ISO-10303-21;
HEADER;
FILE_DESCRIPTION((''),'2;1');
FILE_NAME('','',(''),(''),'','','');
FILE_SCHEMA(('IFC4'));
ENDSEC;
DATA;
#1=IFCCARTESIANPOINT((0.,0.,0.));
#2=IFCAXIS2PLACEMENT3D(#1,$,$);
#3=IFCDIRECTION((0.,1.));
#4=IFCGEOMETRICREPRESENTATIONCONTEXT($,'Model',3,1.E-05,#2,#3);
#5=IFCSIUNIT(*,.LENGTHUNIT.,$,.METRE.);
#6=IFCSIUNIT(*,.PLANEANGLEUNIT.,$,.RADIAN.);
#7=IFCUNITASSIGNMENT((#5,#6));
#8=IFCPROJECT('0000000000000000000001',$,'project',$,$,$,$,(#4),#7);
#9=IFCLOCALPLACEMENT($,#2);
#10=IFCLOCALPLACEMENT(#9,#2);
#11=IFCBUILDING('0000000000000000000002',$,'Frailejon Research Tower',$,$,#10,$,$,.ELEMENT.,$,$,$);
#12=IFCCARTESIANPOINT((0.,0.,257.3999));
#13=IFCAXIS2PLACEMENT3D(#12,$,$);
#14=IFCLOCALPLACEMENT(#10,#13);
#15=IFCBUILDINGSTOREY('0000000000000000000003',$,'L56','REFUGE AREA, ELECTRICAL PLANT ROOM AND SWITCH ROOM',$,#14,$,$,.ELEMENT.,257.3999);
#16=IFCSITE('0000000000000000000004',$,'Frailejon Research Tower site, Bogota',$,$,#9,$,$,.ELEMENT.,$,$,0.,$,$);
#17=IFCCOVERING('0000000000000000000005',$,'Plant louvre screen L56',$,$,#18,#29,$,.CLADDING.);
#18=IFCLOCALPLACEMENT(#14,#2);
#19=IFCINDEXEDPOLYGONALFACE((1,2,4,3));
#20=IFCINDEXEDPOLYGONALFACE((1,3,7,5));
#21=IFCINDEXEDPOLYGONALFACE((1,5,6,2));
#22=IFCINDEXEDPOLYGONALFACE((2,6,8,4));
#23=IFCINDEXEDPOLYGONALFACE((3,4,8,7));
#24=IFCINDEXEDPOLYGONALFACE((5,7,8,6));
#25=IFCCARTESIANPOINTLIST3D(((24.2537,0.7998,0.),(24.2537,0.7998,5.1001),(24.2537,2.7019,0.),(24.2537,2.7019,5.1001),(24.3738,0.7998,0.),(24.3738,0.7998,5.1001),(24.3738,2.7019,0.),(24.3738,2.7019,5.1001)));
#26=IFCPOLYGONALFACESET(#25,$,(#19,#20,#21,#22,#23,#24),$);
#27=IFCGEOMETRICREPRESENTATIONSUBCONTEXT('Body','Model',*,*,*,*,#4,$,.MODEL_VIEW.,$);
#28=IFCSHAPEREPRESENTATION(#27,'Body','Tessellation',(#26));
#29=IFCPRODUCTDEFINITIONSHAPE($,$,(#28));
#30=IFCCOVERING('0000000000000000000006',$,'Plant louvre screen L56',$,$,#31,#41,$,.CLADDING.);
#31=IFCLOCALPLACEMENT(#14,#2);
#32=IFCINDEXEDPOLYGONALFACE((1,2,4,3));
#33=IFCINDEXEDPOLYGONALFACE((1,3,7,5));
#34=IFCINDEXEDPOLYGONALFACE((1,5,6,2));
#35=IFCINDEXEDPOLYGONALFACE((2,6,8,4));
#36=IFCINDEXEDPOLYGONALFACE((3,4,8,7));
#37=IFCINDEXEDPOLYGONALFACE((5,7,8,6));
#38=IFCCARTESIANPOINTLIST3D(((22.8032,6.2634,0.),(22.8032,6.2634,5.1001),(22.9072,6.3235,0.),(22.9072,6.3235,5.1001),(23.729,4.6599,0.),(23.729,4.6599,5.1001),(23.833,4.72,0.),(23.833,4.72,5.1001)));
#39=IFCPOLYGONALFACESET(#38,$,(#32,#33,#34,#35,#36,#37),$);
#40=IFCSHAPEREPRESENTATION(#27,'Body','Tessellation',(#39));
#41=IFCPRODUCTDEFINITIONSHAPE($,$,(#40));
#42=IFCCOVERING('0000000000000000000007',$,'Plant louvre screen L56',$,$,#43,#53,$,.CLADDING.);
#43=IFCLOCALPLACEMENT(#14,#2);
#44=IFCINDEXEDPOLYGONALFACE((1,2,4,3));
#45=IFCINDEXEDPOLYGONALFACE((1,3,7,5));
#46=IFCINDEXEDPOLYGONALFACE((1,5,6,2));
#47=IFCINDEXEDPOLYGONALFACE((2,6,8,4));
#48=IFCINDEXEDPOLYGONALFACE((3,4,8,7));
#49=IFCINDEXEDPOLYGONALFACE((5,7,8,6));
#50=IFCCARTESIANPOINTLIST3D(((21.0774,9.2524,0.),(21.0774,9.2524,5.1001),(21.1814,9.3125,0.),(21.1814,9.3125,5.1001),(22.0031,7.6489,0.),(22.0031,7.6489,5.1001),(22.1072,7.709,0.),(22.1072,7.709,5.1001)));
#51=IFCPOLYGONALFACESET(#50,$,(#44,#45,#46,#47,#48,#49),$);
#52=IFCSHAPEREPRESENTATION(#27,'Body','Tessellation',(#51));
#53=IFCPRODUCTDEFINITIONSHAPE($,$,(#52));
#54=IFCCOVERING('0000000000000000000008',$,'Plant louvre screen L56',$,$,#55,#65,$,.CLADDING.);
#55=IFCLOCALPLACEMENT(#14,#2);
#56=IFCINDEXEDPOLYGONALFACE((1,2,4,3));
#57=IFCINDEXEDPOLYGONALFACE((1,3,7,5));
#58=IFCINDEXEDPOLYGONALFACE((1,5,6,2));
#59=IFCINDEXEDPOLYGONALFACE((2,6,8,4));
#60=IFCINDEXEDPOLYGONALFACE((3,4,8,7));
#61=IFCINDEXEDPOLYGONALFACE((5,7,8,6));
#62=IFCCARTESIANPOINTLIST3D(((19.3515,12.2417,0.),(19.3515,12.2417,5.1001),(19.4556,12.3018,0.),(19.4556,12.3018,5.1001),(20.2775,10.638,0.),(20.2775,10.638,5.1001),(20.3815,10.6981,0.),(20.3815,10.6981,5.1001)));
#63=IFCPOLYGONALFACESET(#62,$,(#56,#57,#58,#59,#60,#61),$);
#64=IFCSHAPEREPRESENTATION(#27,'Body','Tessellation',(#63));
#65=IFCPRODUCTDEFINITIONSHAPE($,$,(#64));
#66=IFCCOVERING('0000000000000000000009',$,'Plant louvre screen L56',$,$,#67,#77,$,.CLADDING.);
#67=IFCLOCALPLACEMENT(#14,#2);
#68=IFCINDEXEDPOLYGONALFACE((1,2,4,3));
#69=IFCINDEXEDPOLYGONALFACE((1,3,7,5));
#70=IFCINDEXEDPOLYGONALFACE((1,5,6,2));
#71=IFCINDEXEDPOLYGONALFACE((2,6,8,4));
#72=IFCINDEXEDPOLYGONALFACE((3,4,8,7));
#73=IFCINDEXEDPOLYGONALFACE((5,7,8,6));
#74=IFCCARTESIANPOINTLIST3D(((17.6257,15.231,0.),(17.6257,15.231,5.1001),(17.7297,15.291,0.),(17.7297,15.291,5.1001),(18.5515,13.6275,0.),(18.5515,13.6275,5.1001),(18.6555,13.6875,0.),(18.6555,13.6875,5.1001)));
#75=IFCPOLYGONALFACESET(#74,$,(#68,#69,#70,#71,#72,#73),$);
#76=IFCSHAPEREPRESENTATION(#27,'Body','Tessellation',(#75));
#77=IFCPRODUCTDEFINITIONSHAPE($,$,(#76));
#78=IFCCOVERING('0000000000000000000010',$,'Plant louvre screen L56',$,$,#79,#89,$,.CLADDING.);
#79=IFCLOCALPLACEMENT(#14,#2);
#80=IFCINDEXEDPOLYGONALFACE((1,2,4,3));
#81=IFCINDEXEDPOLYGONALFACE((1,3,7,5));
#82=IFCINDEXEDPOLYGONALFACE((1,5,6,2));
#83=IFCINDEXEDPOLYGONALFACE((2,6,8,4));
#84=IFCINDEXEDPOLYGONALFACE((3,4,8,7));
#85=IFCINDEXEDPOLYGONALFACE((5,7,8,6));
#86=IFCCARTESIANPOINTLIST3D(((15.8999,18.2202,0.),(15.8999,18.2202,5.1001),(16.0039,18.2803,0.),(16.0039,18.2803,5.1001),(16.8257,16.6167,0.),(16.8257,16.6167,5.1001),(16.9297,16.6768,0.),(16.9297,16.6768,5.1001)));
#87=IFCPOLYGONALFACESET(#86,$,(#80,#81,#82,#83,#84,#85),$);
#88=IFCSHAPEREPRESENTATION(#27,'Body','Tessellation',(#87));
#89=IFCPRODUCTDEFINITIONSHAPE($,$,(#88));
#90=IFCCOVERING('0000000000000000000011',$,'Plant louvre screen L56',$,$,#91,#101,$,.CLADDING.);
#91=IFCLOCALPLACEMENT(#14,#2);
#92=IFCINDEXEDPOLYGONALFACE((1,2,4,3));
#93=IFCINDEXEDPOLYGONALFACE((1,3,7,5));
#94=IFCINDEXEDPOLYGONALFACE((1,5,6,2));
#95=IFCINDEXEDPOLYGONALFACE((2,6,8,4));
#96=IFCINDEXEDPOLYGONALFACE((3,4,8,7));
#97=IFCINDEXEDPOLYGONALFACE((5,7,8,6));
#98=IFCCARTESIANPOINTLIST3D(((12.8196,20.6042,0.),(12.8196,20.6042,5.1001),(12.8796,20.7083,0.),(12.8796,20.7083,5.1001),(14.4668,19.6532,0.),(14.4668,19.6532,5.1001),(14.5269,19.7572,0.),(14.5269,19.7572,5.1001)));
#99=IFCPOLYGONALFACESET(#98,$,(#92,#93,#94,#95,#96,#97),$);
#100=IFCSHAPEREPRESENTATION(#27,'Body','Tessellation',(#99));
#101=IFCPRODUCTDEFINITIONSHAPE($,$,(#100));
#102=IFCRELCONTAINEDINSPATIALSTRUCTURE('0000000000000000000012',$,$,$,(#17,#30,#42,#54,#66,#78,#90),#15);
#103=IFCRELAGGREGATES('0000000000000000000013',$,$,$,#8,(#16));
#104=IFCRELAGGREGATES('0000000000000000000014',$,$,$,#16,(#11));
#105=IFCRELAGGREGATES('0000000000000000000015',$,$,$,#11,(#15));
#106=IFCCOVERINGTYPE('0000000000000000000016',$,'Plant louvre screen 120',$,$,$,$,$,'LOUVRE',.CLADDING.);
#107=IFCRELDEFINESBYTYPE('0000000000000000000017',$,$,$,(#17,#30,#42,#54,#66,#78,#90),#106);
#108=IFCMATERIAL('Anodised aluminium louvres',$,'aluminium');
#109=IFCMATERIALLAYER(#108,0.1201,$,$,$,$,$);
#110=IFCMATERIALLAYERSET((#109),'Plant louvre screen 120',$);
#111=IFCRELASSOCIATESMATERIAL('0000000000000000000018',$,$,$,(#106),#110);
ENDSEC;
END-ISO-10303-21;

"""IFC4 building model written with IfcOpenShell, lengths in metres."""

from ifc_helpers import new_model, si_unit, direction, frame, origin, place, context, subcontext, project, spatial, polyline, outline, extrude, material, layer, layer_set, type_object, element, save


model = new_model("IFC4")

# Units and contexts
model_context = context("Model", 3, precision=1e-05, world=origin(), true_north=direction((0.0, 1.0)))
body_context = subcontext(model_context, "Body", "Model", "MODEL_VIEW")
ifc_project = project(units=[si_unit("LENGTHUNIT", "METRE"), si_unit("PLANEANGLEUNIT", "RADIAN")], contexts=[model_context])

# Site, building, storey
site_placement = place(None, origin())
site = spatial("IfcSite", under=ifc_project, at=site_placement, Name="Frailejon Research Tower site, Bogota", CompositionType="ELEMENT", RefElevation=0.0)
building_placement = place(site_placement, origin())
building = spatial("IfcBuilding", under=site, at=building_placement, Name="Frailejon Research Tower", CompositionType="ELEMENT")
storey_placement = place(building_placement, frame((0.0, 0.0, 257.3999)))
storey = spatial("IfcBuildingStorey", under=building, at=storey_placement, Name="L56", Description="REFUGE AREA, ELECTRICAL PLANT ROOM AND SWITCH ROOM", CompositionType="ELEMENT", Elevation=257.3999)

# Coverings
ifc_material_1 = material(Name="Anodised aluminium louvres", Category="aluminium")
ifc_layer_1 = layer(ifc_material_1, 0.1201)
ifc_layer_set_1 = layer_set([ifc_layer_1], Name="Plant louvre screen 120")
covering_type = type_object("IfcCoveringType", Name="Plant louvre screen 120", ElementType="LOUVRE", PredefinedType="CLADDING", material=ifc_layer_set_1)
covering_1_placement = place(storey_placement, frame((24.3738, 2.7019, 0.0), z_axis=(0.0, -1.0, 0.0), x_axis=(1.0, 0.0, 0.0)))
element("IfcCovering", 1, at=covering_1_placement, inside=storey, type_object=covering_type, Name="Plant louvre screen L56", PredefinedType="CLADDING", context=body_context, shape_type="SweptSolid", body=[
    extrude(outline(polyline([(-0.1201, 0.0), (0.0, 0.0), (0.0, 5.1001), (-0.1201, 5.1001), (-0.1201, 0.0)])), origin(), (0.0, 0.0, 1.0), 1.9021),
])
for number, where, z_axis, x_axis, name in (
    (2, (22.9072, 6.3235, 0.0), (0.499997, -0.866027, 0.0), (0.866027, 0.499997, 0.0), "Plant louvre screen L56"),
    (3, (21.1814, 9.3125, 0.0), (0.499997, -0.866027, 0.0), (0.866027, 0.499997, 0.0), "Plant louvre screen L56"),
):
    element("IfcCovering", number, at=place(storey_placement, frame(where, z_axis=z_axis, x_axis=x_axis)), inside=storey, type_object=covering_type, Name=name, PredefinedType="CLADDING", context=body_context, shape_type="SweptSolid", body=[
        extrude(outline(polyline([(-0.1201, 0.0), (0.0, 0.0), (0.0, 5.1001), (-0.1201, 5.1001), (-0.1201, 0.0)])), origin(), (0.0, 0.0, 1.0), 1.8516),
    ])
covering_2_placement = place(storey_placement, frame((19.4556, 12.3018, 0.0), z_axis=(0.500018, -0.866015, 0.0), x_axis=(0.866015, 0.500018, 0.0)))
element("IfcCovering", 4, at=covering_2_placement, inside=storey, type_object=covering_type, Name="Plant louvre screen L56", PredefinedType="CLADDING", context=body_context, shape_type="SweptSolid", body=[
    extrude(outline(polyline([(-0.1201, 0.0), (0.0, 0.0), (0.0, 5.1001), (-0.1201, 5.1001), (-0.1201, 0.0)])), origin(), (0.0, 0.0, 1.0), 1.8518),
])
for number, where, z_axis, x_axis, name in (
    (5, (17.7297, 15.291, 0.0), (0.499997, -0.866027, 0.0), (0.866027, 0.499997, 0.0), "Plant louvre screen L56"),
    (6, (16.0039, 18.2803, 0.0), (0.499997, -0.866027, 0.0), (0.866027, 0.499997, 0.0), "Plant louvre screen L56"),
):
    element("IfcCovering", number, at=place(storey_placement, frame(where, z_axis=z_axis, x_axis=x_axis)), inside=storey, type_object=covering_type, Name=name, PredefinedType="CLADDING", context=body_context, shape_type="SweptSolid", body=[
        extrude(outline(polyline([(-0.1201, 0.0), (0.0, 0.0), (0.0, 5.1001), (-0.1201, 5.1001), (-0.1201, 0.0)])), origin(), (0.0, 0.0, 1.0), 1.8516),
    ])
covering_3_placement = place(storey_placement, frame((12.8796, 20.7083, 0.0), z_axis=(0.866024, -0.500003, 0.0), x_axis=(0.500003, 0.866024, 0.0)))
element("IfcCovering", 7, at=covering_3_placement, inside=storey, type_object=covering_type, Name="Plant louvre screen L56", PredefinedType="CLADDING", context=body_context, shape_type="SweptSolid", body=[
    extrude(outline(polyline([(-0.1201, 0.0), (0.0, 0.0), (0.0, 5.1001), (-0.1201, 5.1001), (-0.1201, 0.0)])), origin(), (0.0, 0.0, 1.0), 1.9021),
])

save(model, "model.ifc")
